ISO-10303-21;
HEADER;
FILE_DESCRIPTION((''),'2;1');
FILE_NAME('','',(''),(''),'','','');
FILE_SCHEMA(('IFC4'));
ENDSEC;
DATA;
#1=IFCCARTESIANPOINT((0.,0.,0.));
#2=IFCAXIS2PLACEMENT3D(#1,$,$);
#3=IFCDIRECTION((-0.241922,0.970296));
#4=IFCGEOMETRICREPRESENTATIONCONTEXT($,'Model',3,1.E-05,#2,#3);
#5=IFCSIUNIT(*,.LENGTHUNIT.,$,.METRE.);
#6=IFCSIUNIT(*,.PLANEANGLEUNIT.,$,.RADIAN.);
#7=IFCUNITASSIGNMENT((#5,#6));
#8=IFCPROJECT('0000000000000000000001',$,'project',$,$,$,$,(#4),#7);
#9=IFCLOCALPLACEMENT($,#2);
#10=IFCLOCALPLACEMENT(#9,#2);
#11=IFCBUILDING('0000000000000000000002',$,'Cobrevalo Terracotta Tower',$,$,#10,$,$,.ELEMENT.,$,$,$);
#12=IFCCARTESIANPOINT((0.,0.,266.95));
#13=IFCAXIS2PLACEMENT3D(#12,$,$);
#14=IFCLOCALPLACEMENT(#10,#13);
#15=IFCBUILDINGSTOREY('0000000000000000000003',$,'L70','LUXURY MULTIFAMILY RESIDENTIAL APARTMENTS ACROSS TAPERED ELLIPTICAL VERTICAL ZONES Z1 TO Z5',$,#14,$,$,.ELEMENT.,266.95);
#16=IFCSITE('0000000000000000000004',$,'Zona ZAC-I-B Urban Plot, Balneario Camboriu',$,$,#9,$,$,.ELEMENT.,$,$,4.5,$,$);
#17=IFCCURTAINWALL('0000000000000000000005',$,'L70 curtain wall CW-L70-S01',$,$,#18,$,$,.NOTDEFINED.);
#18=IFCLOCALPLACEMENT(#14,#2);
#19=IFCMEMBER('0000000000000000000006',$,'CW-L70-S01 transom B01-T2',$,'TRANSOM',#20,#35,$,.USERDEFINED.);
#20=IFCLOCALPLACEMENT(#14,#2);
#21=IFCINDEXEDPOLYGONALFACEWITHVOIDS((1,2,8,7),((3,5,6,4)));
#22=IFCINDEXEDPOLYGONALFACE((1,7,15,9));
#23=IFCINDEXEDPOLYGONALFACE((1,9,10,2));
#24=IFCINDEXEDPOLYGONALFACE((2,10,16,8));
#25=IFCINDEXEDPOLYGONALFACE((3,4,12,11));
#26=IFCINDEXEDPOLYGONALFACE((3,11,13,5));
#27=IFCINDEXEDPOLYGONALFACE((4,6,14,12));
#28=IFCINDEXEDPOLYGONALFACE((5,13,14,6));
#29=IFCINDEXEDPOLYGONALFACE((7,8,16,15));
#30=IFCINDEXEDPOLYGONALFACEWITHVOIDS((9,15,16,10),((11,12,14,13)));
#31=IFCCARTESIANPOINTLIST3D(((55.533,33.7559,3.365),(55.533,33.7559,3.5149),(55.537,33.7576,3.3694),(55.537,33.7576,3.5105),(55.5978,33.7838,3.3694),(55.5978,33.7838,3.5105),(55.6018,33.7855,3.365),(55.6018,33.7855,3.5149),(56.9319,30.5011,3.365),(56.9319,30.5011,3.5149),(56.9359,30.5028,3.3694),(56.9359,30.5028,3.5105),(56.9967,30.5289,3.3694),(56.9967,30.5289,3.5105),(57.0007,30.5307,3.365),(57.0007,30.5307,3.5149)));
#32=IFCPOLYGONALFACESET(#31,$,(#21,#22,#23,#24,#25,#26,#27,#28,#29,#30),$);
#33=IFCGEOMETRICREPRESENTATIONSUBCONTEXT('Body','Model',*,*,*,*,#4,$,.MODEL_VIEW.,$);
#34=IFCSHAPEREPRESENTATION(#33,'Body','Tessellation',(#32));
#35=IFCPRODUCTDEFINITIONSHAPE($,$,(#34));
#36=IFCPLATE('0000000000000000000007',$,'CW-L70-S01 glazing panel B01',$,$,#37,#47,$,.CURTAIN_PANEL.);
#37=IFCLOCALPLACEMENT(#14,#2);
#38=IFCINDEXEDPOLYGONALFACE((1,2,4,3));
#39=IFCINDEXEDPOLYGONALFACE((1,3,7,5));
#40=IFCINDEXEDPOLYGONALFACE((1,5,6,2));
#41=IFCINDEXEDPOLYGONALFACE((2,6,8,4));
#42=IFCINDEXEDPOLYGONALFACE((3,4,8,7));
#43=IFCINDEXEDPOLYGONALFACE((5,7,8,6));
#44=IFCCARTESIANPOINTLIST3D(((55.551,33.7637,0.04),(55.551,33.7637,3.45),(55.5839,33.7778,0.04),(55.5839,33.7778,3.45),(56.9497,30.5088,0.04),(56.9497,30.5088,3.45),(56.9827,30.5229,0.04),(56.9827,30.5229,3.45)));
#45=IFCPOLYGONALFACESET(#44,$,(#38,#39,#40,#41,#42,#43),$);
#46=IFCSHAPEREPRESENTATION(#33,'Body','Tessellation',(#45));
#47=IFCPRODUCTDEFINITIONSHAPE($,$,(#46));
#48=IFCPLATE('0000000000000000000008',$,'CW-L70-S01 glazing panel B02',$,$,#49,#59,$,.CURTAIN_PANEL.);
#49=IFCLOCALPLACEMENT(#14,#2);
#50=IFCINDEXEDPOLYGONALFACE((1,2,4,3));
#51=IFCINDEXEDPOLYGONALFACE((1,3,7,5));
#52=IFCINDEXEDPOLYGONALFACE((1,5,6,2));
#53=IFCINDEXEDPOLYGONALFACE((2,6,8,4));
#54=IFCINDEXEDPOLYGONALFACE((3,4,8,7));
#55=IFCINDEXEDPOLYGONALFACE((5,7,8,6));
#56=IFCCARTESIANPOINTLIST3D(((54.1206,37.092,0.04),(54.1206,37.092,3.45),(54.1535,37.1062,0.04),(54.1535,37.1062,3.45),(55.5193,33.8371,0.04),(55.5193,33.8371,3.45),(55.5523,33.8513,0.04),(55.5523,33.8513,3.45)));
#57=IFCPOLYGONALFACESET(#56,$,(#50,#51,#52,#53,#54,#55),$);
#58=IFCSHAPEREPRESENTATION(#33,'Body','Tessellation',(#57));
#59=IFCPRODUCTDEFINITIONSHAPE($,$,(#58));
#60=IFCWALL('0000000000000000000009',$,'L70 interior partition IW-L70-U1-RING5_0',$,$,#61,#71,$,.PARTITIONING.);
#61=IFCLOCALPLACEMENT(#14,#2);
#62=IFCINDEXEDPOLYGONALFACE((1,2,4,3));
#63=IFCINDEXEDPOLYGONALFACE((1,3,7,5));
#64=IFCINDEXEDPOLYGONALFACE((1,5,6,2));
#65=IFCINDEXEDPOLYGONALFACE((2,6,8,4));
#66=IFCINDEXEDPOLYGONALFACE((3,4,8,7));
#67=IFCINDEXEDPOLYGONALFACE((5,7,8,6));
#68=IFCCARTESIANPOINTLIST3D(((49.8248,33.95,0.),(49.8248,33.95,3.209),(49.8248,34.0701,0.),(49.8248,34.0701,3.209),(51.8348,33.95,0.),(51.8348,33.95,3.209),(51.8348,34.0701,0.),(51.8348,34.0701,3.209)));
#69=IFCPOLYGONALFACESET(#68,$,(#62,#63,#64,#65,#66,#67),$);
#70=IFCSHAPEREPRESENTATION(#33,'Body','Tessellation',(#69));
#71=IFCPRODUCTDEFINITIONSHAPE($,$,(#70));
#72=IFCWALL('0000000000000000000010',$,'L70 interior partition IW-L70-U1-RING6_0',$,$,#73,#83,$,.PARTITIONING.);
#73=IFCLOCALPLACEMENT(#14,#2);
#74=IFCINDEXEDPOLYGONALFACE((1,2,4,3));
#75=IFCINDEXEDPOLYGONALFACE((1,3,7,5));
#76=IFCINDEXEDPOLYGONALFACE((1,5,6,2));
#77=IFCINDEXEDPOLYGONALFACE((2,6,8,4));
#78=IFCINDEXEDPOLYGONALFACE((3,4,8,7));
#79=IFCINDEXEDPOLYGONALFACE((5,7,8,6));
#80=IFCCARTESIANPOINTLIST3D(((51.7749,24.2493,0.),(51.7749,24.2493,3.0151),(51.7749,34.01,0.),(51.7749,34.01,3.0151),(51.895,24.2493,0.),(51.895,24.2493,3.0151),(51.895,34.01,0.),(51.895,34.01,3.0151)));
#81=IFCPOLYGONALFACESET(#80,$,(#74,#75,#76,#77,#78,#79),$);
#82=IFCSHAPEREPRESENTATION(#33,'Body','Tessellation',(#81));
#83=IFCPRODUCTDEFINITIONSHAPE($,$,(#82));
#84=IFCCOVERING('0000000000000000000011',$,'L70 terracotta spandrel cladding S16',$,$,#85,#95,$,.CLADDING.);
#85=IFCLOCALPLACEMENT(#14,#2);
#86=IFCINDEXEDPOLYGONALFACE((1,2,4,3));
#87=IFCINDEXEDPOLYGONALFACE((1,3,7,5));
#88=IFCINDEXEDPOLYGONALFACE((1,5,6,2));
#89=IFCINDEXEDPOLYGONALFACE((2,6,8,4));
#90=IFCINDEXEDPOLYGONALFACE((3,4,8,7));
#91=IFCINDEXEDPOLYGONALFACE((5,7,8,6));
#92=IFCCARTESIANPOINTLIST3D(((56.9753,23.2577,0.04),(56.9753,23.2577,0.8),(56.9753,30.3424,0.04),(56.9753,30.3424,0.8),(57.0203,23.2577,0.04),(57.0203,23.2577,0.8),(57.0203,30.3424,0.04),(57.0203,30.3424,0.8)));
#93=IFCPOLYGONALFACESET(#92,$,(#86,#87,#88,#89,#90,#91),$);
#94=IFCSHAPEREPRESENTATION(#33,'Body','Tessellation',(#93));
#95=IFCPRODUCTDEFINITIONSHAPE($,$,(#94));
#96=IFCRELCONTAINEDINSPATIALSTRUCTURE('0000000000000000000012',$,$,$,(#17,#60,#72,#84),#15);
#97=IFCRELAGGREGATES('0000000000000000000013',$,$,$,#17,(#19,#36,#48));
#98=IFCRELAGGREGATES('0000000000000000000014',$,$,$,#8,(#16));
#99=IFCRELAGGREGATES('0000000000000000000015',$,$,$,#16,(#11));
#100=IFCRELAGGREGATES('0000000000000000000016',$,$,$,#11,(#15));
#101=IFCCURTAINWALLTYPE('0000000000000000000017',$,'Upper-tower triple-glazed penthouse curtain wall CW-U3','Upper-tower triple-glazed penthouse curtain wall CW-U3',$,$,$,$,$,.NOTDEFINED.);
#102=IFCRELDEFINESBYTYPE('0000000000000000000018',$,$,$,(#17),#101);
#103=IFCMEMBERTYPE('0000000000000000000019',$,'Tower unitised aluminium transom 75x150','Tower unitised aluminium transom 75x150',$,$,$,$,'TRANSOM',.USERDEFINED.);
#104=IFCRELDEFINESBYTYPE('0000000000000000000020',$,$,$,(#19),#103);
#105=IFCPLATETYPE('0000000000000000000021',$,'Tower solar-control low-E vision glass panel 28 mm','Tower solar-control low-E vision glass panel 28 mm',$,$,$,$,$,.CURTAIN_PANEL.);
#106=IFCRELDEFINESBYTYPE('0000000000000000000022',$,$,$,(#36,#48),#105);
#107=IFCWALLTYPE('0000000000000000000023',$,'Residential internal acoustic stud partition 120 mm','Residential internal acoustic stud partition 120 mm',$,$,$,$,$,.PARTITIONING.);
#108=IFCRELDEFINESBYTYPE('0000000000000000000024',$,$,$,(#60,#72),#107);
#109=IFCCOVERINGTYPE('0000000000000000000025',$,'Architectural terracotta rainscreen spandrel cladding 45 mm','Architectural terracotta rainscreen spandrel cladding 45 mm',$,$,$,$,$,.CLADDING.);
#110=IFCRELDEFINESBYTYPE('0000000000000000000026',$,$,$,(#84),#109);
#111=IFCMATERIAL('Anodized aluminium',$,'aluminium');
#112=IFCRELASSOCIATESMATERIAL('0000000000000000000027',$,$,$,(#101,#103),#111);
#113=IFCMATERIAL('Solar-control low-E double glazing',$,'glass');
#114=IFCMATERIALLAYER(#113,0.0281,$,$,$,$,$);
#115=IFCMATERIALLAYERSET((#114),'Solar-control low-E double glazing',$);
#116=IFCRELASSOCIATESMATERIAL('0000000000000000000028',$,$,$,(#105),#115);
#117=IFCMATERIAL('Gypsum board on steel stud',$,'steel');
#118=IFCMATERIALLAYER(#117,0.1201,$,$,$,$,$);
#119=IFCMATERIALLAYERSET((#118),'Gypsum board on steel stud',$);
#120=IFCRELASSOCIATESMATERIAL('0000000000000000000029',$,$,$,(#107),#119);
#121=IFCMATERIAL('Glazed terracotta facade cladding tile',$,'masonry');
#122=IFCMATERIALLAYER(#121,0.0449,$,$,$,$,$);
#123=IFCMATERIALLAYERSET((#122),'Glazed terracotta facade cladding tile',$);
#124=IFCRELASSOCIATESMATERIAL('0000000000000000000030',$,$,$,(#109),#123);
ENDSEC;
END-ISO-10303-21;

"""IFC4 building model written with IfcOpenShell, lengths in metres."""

from ifc_helpers import new_model, si_unit, direction, frame, frame_2d, origin, origin_2d, place, context, subcontext, project, spatial, rectangle, hollow_rectangle, extrude, source, transform, mapped, material, layer, layer_set, material_profile, profile_set, type_object, element, aggregate, save


model = new_model("IFC4")

# Units and contexts
model_context = context("Model", 3, precision=1e-05, world=origin(), true_north=direction((-0.241922, 0.970296)))
body_context = subcontext(model_context, "Body", "Model", "MODEL_VIEW")
ifc_project = project(units=[si_unit("LENGTHUNIT", "METRE"), si_unit("PLANEANGLEUNIT", "RADIAN")], contexts=[model_context])

# Site, building, storey
site_placement = place(None, origin())
site = spatial("IfcSite", under=ifc_project, at=site_placement, Name="Zona ZAC-I-B Urban Plot, Balneario Camboriu", CompositionType="ELEMENT", RefElevation=4.5)
building_placement = place(site_placement, origin())
building = spatial("IfcBuilding", under=site, at=building_placement, Name="Cobrevalo Terracotta Tower", CompositionType="ELEMENT")
storey_placement = place(building_placement, frame((0.0, 0.0, 266.95)))
storey = spatial("IfcBuildingStorey", under=building, at=storey_placement, Name="L70", Description="LUXURY MULTIFAMILY RESIDENTIAL APARTMENTS ACROSS TAPERED ELLIPTICAL VERTICAL ZONES Z1 TO Z5", CompositionType="ELEMENT", Elevation=266.95)

# Curtain wall, member, plates
ifc_material_1 = material(Name="Anodized aluminium", Category="aluminium")
curtain_wall_type = type_object("IfcCurtainWallType", Name="Upper-tower triple-glazed penthouse curtain wall CW-U3", Description="Upper-tower triple-glazed penthouse curtain wall CW-U3", PredefinedType="NOTDEFINED", material=ifc_material_1)
curtain_wall_placement = place(storey_placement, origin())
curtain_wall = element("IfcCurtainWall", 1, at=curtain_wall_placement, inside=storey, type_object=curtain_wall_type, Name="L70 curtain wall CW-L70-S01", PredefinedType="NOTDEFINED")
ifc_material_profile_1 = material_profile(ifc_material_1, hollow_rectangle(XDim=0.075, YDim=0.1499, WallThickness=0.0044, at=origin_2d()), Name="CWT 75x150")
ifc_profile_set_1 = profile_set([ifc_material_profile_1], Name="Anodized aluminium")
member_type_1 = type_object("IfcMemberType", Name="Tower unitised aluminium transom 75x150", Description="Tower unitised aluminium transom 75x150", ElementType="TRANSOM", PredefinedType="USERDEFINED", material=ifc_profile_set_1)
shared_shape_1 = source(origin(), body_context, "Body", "SweptSolid", [
    extrude(hollow_rectangle(XDim=0.075, YDim=0.1499, WallThickness=0.0044, at=origin_2d()), origin(), (0.0, 0.0, 1.0), 3.5427),
])
member_1_placement = place(storey_placement, frame((56.9663, 30.5159, 3.4399), z_axis=(-0.394867, 0.918738, 0.0), x_axis=(-0.918738, -0.394867, 0.0)))
member_1 = element("IfcMember", 2, at=member_1_placement, type_object=member_type_1, Name="CW-L70-S01 transom B01-T2", ObjectType="TRANSOM", PredefinedType="USERDEFINED", context=body_context, shape_type="MappedRepresentation", body=[
    mapped(shared_shape_1, transform((0.0, 0.0, 0.0), scale=1.0)),
])
ifc_material_2 = material(Name="Solar-control low-E double glazing", Category="glass")
ifc_layer_1 = layer(ifc_material_2, 0.0281)
ifc_layer_set_1 = layer_set([ifc_layer_1], Name="Solar-control low-E double glazing")
plate_type = type_object("IfcPlateType", Name="Tower solar-control low-E vision glass panel 28 mm", Description="Tower solar-control low-E vision glass panel 28 mm", PredefinedType="CURTAIN_PANEL", material=ifc_layer_set_1)
shared_shape_2 = source(origin(), body_context, "Body", "SweptSolid", [
    extrude(rectangle(XDim=3.5427, YDim=0.0359, at=origin_2d()), origin(), (0.0, 0.0, 1.0), 3.4099),
])
plate_1_placement = place(storey_placement, frame((56.2668, 32.1433, 0.04), z_axis=(0.0, 0.0, 1.0), x_axis=(-0.394829, 0.918755, 0.0)))
plate_1 = element("IfcPlate", 3, at=plate_1_placement, type_object=plate_type, Name="CW-L70-S01 glazing panel B01", PredefinedType="CURTAIN_PANEL", context=body_context, shape_type="MappedRepresentation", body=[
    mapped(shared_shape_2, transform((0.0, 0.0, 0.0), scale=1.0)),
])
plate_2_placement = place(storey_placement, frame((54.8364, 35.4717, 0.04), z_axis=(0.0, 0.0, 1.0), x_axis=(-0.394829, 0.918755, 0.0)))
plate_2 = element("IfcPlate", 4, at=plate_2_placement, type_object=plate_type, Name="CW-L70-S01 glazing panel B02", PredefinedType="CURTAIN_PANEL", context=body_context, shape_type="MappedRepresentation", body=[
    mapped(shared_shape_2, transform((0.0, 0.0, 0.0), scale=1.0)),
])
aggregate(curtain_wall, [member_1, plate_1, plate_2])

# Walls
ifc_material_3 = material(Name="Gypsum board on steel stud", Category="steel")
ifc_layer_2 = layer(ifc_material_3, 0.1201)
ifc_layer_set_2 = layer_set([ifc_layer_2], Name="Gypsum board on steel stud")
wall_type = type_object("IfcWallType", Name="Residential internal acoustic stud partition 120 mm", Description="Residential internal acoustic stud partition 120 mm", PredefinedType="PARTITIONING", material=ifc_layer_set_2)
wall_1_placement = place(storey_placement, frame((49.825, 34.01, 0.0), z_axis=(0.0, 0.0, 1.0), x_axis=(1.0, 0.0, 0.0)))
element("IfcWall", 5, at=wall_1_placement, inside=storey, type_object=wall_type, Name="L70 interior partition IW-L70-U1-RING5_0", PredefinedType="PARTITIONING", context=body_context, shape_type="SweptSolid", body=[
    extrude(rectangle(XDim=2.01, YDim=0.1201, at=frame_2d((1.0049, 0.0))), origin(), (0.0, 0.0, 1.0), 3.209),
])
wall_2_placement = place(storey_placement, frame((51.835, 34.01, 0.0), z_axis=(0.0, 0.0, 1.0), x_axis=(0.0, -1.0, 0.0)))
element("IfcWall", 6, at=wall_2_placement, inside=storey, type_object=wall_type, Name="L70 interior partition IW-L70-U1-RING6_0", PredefinedType="PARTITIONING", context=body_context, shape_type="SweptSolid", body=[
    extrude(rectangle(XDim=9.7607, YDim=0.1201, at=frame_2d((4.8804, 0.0))), origin(), (0.0, 0.0, 1.0), 3.0151),
])

# Covering
ifc_material_4 = material(Name="Glazed terracotta facade cladding tile", Category="masonry")
ifc_layer_3 = layer(ifc_material_4, 0.0449)
ifc_layer_set_3 = layer_set([ifc_layer_3], Name="Glazed terracotta facade cladding tile")
covering_type = type_object("IfcCoveringType", Name="Architectural terracotta rainscreen spandrel cladding 45 mm", Description="Architectural terracotta rainscreen spandrel cladding 45 mm", PredefinedType="CLADDING", material=ifc_layer_set_3)
shared_shape_3 = source(origin(), body_context, "Body", "SweptSolid", [
    extrude(rectangle(XDim=7.0847, YDim=0.0449, at=origin_2d()), origin(), (0.0, 0.0, 1.0), 0.76),
])
covering_placement = place(storey_placement, frame((56.9978, 26.8, 0.04), z_axis=(0.0, 0.0, 1.0), x_axis=(0.0, 1.0, 0.0)))
element("IfcCovering", 7, at=covering_placement, inside=storey, type_object=covering_type, Name="L70 terracotta spandrel cladding S16", PredefinedType="CLADDING", context=body_context, shape_type="MappedRepresentation", body=[
    mapped(shared_shape_3, transform((0.0, 0.0, 0.0), scale=1.0)),
])

save(model, "model.ifc")
